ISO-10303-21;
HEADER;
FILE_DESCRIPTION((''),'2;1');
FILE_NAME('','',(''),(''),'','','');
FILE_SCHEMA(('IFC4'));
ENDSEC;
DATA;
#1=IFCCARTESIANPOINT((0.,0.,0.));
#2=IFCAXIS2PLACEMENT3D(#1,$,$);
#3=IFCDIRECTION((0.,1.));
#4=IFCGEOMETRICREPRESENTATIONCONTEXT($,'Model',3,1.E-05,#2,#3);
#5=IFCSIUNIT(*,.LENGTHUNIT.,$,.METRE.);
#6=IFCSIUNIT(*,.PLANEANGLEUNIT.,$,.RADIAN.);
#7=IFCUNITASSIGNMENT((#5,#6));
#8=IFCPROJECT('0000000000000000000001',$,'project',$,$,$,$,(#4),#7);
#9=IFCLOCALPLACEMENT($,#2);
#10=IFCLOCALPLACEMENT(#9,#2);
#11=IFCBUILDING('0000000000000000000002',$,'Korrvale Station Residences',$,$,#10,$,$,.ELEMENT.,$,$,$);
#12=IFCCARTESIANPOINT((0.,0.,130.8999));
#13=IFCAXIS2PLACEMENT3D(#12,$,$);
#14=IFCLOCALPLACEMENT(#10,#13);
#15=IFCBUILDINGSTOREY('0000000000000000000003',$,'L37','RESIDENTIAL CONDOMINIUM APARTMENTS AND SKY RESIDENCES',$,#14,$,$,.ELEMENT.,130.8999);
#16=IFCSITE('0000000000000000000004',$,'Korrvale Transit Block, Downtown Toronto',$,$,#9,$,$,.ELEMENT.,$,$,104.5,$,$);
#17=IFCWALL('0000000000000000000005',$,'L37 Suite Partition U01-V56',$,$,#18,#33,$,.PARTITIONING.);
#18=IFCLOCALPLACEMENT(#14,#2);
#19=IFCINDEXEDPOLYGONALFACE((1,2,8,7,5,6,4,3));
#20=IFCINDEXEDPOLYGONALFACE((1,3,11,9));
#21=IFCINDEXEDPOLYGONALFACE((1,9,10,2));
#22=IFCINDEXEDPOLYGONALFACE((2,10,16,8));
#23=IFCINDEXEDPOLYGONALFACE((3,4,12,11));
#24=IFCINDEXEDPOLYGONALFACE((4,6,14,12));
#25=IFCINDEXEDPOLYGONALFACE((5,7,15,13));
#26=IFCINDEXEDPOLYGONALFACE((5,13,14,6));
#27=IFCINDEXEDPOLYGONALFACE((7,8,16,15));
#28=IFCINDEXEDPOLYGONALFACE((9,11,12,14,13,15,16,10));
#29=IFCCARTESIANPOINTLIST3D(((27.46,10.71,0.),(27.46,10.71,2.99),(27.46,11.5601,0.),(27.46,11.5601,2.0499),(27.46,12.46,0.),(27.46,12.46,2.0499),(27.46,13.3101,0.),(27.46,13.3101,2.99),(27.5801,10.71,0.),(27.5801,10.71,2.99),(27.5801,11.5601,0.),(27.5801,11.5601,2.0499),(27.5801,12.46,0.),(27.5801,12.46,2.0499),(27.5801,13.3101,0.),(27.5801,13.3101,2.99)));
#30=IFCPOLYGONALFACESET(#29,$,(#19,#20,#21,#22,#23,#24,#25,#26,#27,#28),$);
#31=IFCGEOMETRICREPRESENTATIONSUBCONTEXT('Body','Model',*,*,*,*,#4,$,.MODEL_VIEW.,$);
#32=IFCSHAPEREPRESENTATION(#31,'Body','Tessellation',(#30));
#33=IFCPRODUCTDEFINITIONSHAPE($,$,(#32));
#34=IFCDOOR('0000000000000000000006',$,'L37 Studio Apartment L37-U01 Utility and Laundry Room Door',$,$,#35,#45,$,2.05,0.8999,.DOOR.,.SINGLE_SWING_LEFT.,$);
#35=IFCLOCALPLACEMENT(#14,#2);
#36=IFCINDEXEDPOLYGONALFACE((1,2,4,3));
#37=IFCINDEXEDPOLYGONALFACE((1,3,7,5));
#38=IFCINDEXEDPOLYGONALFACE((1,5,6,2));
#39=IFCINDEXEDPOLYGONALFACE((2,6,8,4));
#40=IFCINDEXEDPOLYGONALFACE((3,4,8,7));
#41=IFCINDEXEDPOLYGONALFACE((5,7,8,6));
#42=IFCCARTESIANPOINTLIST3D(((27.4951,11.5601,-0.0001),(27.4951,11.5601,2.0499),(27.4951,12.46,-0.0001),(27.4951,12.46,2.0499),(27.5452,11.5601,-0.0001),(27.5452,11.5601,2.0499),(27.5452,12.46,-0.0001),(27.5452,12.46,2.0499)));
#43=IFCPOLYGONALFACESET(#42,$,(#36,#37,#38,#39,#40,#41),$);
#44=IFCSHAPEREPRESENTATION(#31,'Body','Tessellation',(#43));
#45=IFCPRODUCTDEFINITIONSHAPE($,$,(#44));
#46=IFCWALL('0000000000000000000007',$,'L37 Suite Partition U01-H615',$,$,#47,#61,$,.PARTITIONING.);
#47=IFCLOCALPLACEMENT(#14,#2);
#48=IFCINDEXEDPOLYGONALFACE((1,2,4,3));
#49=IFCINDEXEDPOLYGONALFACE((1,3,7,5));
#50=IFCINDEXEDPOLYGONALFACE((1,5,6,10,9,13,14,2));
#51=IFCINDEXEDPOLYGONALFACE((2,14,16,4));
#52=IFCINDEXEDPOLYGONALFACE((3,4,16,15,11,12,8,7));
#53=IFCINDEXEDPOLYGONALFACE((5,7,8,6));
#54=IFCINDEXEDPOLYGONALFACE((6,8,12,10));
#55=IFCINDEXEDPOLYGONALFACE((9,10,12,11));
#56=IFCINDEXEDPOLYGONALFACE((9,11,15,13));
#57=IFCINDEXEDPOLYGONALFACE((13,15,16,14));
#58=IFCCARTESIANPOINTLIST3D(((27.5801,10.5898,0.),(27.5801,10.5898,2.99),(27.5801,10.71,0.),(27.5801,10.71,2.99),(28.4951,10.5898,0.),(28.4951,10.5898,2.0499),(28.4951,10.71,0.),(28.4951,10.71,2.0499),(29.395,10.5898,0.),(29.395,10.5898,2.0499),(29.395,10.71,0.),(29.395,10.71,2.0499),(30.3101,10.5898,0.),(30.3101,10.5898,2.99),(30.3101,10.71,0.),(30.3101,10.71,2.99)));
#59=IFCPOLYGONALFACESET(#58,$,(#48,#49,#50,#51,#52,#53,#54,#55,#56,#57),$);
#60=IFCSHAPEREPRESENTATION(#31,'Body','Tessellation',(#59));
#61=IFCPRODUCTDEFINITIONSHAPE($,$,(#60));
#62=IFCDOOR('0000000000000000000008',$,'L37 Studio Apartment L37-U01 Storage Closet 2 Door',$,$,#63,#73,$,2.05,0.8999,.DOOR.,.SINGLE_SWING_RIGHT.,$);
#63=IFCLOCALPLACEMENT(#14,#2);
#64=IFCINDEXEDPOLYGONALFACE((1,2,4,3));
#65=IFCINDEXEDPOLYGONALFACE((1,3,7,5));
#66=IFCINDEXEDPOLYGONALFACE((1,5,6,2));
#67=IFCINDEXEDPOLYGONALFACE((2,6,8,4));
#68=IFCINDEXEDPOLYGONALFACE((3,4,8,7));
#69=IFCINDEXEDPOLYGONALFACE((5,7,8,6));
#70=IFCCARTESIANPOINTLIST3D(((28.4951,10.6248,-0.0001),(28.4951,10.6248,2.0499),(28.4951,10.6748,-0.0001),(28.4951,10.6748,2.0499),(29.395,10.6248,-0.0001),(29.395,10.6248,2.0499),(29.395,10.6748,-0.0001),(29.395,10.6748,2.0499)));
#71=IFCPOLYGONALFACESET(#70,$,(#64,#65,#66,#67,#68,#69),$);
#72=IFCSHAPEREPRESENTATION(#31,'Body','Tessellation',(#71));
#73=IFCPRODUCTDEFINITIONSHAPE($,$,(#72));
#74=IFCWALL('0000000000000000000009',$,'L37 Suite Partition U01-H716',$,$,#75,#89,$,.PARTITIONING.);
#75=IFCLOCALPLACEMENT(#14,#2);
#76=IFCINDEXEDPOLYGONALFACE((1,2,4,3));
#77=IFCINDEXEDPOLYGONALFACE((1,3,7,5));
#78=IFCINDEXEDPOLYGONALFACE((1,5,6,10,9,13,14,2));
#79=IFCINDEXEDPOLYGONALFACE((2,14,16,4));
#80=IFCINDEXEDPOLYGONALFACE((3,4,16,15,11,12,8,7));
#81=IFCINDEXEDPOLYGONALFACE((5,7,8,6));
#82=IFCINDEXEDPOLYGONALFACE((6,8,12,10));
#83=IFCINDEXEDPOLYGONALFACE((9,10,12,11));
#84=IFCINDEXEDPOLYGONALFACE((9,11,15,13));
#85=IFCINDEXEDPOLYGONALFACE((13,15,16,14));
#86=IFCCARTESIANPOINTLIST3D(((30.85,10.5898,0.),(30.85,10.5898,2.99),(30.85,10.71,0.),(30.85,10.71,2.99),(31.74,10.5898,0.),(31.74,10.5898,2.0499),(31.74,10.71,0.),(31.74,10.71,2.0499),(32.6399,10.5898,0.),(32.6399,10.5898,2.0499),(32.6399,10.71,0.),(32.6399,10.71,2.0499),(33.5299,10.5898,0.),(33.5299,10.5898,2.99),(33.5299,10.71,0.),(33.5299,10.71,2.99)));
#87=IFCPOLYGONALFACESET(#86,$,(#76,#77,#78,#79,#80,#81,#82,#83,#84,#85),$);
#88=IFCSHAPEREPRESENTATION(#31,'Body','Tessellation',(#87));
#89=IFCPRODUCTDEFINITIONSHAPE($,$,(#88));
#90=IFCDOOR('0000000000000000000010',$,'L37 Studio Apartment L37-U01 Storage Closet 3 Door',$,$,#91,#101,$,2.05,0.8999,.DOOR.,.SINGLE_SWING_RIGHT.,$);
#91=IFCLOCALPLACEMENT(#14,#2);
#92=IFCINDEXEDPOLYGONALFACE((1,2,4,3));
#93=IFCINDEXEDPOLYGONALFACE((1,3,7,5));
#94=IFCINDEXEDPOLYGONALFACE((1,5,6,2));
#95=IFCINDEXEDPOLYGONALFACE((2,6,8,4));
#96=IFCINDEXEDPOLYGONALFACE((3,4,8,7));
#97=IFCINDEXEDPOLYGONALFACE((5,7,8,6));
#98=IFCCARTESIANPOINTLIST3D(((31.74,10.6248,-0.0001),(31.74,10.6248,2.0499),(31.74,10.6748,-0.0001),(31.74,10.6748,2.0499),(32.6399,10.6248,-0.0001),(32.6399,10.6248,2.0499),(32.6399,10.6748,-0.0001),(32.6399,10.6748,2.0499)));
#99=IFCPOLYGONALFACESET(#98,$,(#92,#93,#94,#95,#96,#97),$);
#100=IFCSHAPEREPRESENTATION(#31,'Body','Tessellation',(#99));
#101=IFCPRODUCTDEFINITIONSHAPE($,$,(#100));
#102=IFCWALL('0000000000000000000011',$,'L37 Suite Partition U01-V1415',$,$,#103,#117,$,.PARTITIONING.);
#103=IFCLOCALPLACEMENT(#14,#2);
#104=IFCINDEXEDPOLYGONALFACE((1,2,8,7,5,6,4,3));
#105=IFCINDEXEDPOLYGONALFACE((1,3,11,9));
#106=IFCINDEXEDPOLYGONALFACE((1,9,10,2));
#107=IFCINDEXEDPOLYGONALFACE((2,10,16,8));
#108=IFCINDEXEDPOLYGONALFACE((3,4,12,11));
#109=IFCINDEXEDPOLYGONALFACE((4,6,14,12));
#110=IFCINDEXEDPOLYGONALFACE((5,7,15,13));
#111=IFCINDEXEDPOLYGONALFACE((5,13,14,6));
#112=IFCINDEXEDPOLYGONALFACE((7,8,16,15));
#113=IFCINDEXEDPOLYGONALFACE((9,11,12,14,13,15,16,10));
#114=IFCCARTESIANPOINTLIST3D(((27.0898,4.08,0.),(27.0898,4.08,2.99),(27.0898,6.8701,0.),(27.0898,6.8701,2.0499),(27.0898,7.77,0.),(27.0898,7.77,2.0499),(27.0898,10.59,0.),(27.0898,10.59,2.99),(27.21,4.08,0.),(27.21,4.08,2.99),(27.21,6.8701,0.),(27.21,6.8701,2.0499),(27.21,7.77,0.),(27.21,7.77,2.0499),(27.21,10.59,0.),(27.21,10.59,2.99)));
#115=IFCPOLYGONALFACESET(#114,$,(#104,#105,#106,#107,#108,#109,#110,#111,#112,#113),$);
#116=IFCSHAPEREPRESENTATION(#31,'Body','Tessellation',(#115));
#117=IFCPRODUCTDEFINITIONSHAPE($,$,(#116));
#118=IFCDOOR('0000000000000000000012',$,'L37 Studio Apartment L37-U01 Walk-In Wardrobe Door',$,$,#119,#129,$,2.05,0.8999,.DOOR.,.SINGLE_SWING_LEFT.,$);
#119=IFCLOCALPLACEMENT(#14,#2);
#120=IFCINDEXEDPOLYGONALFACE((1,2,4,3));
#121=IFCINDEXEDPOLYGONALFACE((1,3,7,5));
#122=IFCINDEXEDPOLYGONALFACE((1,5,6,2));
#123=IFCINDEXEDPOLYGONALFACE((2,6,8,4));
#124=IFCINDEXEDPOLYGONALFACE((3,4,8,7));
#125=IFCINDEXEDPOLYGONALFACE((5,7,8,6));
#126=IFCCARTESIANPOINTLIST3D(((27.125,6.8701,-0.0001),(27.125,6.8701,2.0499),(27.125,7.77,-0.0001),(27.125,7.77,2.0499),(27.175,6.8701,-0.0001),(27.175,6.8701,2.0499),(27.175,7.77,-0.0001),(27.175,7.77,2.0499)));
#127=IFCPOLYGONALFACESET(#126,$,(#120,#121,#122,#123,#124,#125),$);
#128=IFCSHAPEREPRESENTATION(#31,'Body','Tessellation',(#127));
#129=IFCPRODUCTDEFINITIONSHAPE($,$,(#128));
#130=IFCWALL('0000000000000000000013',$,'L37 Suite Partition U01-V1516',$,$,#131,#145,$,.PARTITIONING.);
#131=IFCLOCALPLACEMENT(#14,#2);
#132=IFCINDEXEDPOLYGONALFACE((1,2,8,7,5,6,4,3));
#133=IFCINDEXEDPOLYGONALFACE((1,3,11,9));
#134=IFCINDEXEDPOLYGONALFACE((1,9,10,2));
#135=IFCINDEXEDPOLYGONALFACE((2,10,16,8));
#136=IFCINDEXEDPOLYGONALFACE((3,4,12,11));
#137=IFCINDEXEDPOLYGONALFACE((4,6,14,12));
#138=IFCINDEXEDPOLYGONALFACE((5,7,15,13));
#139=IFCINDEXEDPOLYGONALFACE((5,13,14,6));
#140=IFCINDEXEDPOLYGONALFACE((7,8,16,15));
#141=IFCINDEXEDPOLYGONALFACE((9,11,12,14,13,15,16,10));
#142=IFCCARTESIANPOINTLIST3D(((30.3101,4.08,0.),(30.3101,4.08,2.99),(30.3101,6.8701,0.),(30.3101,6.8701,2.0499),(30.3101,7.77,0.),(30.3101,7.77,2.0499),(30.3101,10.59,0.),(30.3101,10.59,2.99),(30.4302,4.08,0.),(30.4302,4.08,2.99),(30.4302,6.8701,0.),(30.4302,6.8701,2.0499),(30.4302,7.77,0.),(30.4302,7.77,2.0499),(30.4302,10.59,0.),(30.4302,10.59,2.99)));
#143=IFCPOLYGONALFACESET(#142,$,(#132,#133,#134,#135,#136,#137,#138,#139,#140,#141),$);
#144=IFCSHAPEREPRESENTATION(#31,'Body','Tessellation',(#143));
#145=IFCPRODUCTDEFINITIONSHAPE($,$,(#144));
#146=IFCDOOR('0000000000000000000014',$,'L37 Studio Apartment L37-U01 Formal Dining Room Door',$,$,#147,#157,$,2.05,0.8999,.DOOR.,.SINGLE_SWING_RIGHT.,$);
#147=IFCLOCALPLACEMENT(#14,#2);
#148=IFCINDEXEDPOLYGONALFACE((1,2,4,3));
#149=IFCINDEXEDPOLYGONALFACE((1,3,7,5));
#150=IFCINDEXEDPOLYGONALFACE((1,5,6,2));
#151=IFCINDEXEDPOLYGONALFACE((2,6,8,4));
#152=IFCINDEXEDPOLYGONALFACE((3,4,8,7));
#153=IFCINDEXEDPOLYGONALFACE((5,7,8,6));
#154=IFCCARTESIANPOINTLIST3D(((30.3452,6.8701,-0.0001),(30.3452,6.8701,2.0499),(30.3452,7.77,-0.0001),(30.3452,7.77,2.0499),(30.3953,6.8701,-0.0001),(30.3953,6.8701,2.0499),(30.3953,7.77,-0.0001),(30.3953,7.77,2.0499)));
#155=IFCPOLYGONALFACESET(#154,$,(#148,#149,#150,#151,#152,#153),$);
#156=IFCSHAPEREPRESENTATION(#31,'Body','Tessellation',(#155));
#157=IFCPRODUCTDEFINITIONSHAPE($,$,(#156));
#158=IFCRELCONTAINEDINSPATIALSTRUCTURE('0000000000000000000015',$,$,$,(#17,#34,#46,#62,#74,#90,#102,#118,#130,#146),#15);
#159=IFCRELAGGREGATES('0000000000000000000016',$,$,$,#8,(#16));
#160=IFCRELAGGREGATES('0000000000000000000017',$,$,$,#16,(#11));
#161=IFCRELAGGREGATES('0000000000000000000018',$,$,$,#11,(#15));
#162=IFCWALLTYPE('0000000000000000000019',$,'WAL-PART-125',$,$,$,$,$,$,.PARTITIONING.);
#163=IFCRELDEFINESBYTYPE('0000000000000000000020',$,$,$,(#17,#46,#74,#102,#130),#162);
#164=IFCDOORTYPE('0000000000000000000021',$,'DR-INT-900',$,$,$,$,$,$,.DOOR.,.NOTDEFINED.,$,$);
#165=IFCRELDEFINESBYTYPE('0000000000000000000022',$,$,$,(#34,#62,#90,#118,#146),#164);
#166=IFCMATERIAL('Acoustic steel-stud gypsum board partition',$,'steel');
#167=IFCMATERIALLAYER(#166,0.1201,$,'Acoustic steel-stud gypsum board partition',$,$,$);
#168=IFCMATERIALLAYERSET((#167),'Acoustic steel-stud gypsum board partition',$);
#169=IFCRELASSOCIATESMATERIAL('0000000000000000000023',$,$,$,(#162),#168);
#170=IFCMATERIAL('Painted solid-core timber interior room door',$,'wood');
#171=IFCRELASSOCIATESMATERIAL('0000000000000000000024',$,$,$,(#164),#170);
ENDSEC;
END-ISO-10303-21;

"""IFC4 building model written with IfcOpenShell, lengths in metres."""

from ifc_helpers import new_model, si_unit, direction, frame, frame_2d, origin, place, context, subcontext, project, spatial, rectangle, extrude, material, layer, layer_set, type_object, element, fill, save


model = new_model("IFC4")

# Units and contexts
model_context = context("Model", 3, precision=1e-05, world=origin(), true_north=direction((0.0, 1.0)))
body_context = subcontext(model_context, "Body", "Model", "MODEL_VIEW")
ifc_project = project(units=[si_unit("LENGTHUNIT", "METRE"), si_unit("PLANEANGLEUNIT", "RADIAN")], contexts=[model_context])

# Site, building, storey
site_placement = place(None, origin())
site = spatial("IfcSite", under=ifc_project, at=site_placement, Name="Korrvale Transit Block, Downtown Toronto", CompositionType="ELEMENT", RefElevation=104.5)
building_placement = place(site_placement, origin())
building = spatial("IfcBuilding", under=site, at=building_placement, Name="Korrvale Station Residences", CompositionType="ELEMENT")
storey_placement = place(building_placement, frame((0.0, 0.0, 130.8999)))
storey = spatial("IfcBuildingStorey", under=building, at=storey_placement, Name="L37", Description="RESIDENTIAL CONDOMINIUM APARTMENTS AND SKY RESIDENCES", CompositionType="ELEMENT", Elevation=130.8999)

# Walls, openings, doors
ifc_material_1 = material(Name="Acoustic steel-stud gypsum board partition", Category="steel")
ifc_layer_1 = layer(ifc_material_1, 0.1201, Name="Acoustic steel-stud gypsum board partition")
ifc_layer_set_1 = layer_set([ifc_layer_1], Name="Acoustic steel-stud gypsum board partition")
wall_type_1 = type_object("IfcWallType", Name="WAL-PART-125", PredefinedType="PARTITIONING", material=ifc_layer_set_1)
wall_1_placement = place(storey_placement, frame((27.52, 10.71, 0.0), z_axis=(0.0, 0.0, 1.0), x_axis=(0.0, 1.0, 0.0)))
wall_1 = element("IfcWall", 1, at=wall_1_placement, inside=storey, type_object=wall_type_1, Name="L37 Suite Partition U01-V56", PredefinedType="PARTITIONING", context=body_context, shape_type="SweptSolid", body=[
    extrude(rectangle(XDim=2.6001, YDim=0.1201, at=frame_2d((1.3, 0.0))), origin(), (0.0, 0.0, 1.0), 2.99),
])
opening_1_placement = place(wall_1_placement, frame((0.8501, 0.0, 0.0)))
opening_1 = element("IfcOpeningElement", 2, at=opening_1_placement, cuts=wall_1, PredefinedType="OPENING", context=body_context, shape_type="SweptSolid", body=[
    extrude(rectangle(XDim=0.8999, YDim=2.05, at=frame_2d((0.45, 1.0249))), frame((0.0, 0.0701, 0.0), z_axis=(0.0, -1.0, 0.0), x_axis=(1.0, 0.0, 0.0)), (0.0, 0.0, 1.0), 0.1401),
])
ifc_material_2 = material(Name="Painted solid-core timber interior room door", Category="wood")
door_type = type_object("IfcDoorType", Name="DR-INT-900", OperationType="NOTDEFINED", PredefinedType="DOOR", material=ifc_material_2)
door_1_placement = place(opening_1_placement, origin())
door_1 = element("IfcDoor", 3, at=door_1_placement, inside=storey, type_object=door_type, Name="L37 Studio Apartment L37-U01 Utility and Laundry Room Door", OperationType="SINGLE_SWING_LEFT", OverallHeight=2.05, OverallWidth=0.8999, PredefinedType="DOOR", context=body_context, shape_type="SweptSolid", body=[
    extrude(rectangle(XDim=0.8999, YDim=2.05, at=frame_2d((0.45, 1.0249))), frame((0.0, 0.0249, 0.0), z_axis=(0.0, -1.0, 0.0), x_axis=(1.0, 0.0, 0.0)), (0.0, 0.0, 1.0), 0.05),
])
fill(opening_1, door_1)
wall_2_placement = place(storey_placement, frame((27.5801, 10.6499, 0.0), z_axis=(0.0, 0.0, 1.0), x_axis=(1.0, 0.0, 0.0)))
wall_2 = element("IfcWall", 4, at=wall_2_placement, inside=storey, type_object=wall_type_1, Name="L37 Suite Partition U01-H615", PredefinedType="PARTITIONING", context=body_context, shape_type="SweptSolid", body=[
    extrude(rectangle(XDim=2.73, YDim=0.1201, at=frame_2d((1.365, 0.0))), origin(), (0.0, 0.0, 1.0), 2.99),
])
opening_2_placement = place(wall_2_placement, frame((0.915, 0.0, 0.0)))
opening_2 = element("IfcOpeningElement", 5, at=opening_2_placement, cuts=wall_2, PredefinedType="OPENING", context=body_context, shape_type="SweptSolid", body=[
    extrude(rectangle(XDim=0.8999, YDim=2.05, at=frame_2d((0.45, 1.0249))), frame((0.0, 0.0701, 0.0), z_axis=(0.0, -1.0, 0.0), x_axis=(1.0, 0.0, 0.0)), (0.0, 0.0, 1.0), 0.1401),
])
door_2_placement = place(opening_2_placement, origin())
door_2 = element("IfcDoor", 6, at=door_2_placement, inside=storey, type_object=door_type, Name="L37 Studio Apartment L37-U01 Storage Closet 2 Door", OperationType="SINGLE_SWING_RIGHT", OverallHeight=2.05, OverallWidth=0.8999, PredefinedType="DOOR", context=body_context, shape_type="SweptSolid", body=[
    extrude(rectangle(XDim=0.8999, YDim=2.05, at=frame_2d((0.45, 1.0249))), frame((0.0, 0.0249, 0.0), z_axis=(0.0, -1.0, 0.0), x_axis=(1.0, 0.0, 0.0)), (0.0, 0.0, 1.0), 0.05),
])
fill(opening_2, door_2)
wall_3_placement = place(storey_placement, frame((30.8501, 10.6499, 0.0), z_axis=(0.0, 0.0, 1.0), x_axis=(1.0, 0.0, 0.0)))
wall_3 = element("IfcWall", 7, at=wall_3_placement, inside=storey, type_object=wall_type_1, Name="L37 Suite Partition U01-H716", PredefinedType="PARTITIONING", context=body_context, shape_type="SweptSolid", body=[
    extrude(rectangle(XDim=2.6799, YDim=0.1201, at=frame_2d((1.3398, 0.0))), origin(), (0.0, 0.0, 1.0), 2.99),
])
opening_3_placement = place(wall_3_placement, frame((0.8899, 0.0, 0.0)))
opening_3 = element("IfcOpeningElement", 8, at=opening_3_placement, cuts=wall_3, PredefinedType="OPENING", context=body_context, shape_type="SweptSolid", body=[
    extrude(rectangle(XDim=0.8999, YDim=2.05, at=frame_2d((0.45, 1.0249))), frame((0.0, 0.0701, 0.0), z_axis=(0.0, -1.0, 0.0), x_axis=(1.0, 0.0, 0.0)), (0.0, 0.0, 1.0), 0.1401),
])
door_3_placement = place(opening_3_placement, origin())
door_3 = element("IfcDoor", 9, at=door_3_placement, inside=storey, type_object=door_type, Name="L37 Studio Apartment L37-U01 Storage Closet 3 Door", OperationType="SINGLE_SWING_RIGHT", OverallHeight=2.05, OverallWidth=0.8999, PredefinedType="DOOR", context=body_context, shape_type="SweptSolid", body=[
    extrude(rectangle(XDim=0.8999, YDim=2.05, at=frame_2d((0.45, 1.0249))), frame((0.0, 0.0249, 0.0), z_axis=(0.0, -1.0, 0.0), x_axis=(1.0, 0.0, 0.0)), (0.0, 0.0, 1.0), 0.05),
])
fill(opening_3, door_3)
wall_4_placement = place(storey_placement, frame((27.1499, 4.0801, 0.0), z_axis=(0.0, 0.0, 1.0), x_axis=(0.0, 1.0, 0.0)))
wall_4 = element("IfcWall", 10, at=wall_4_placement, inside=storey, type_object=wall_type_1, Name="L37 Suite Partition U01-V1415", PredefinedType="PARTITIONING", context=body_context, shape_type="SweptSolid", body=[
    extrude(rectangle(XDim=6.51, YDim=0.1201, at=frame_2d((3.2549, 0.0))), origin(), (0.0, 0.0, 1.0), 2.99),
])
opening_4_placement = place(wall_4_placement, frame((2.79, 0.0, 0.0)))
opening_4 = element("IfcOpeningElement", 11, at=opening_4_placement, cuts=wall_4, PredefinedType="OPENING", context=body_context, shape_type="SweptSolid", body=[
    extrude(rectangle(XDim=0.8999, YDim=2.05, at=frame_2d((0.45, 1.0249))), frame((0.0, 0.0701, 0.0), z_axis=(0.0, -1.0, 0.0), x_axis=(1.0, 0.0, 0.0)), (0.0, 0.0, 1.0), 0.1401),
])
door_4_placement = place(opening_4_placement, origin())
door_4 = element("IfcDoor", 12, at=door_4_placement, inside=storey, type_object=door_type, Name="L37 Studio Apartment L37-U01 Walk-In Wardrobe Door", OperationType="SINGLE_SWING_LEFT", OverallHeight=2.05, OverallWidth=0.8999, PredefinedType="DOOR", context=body_context, shape_type="SweptSolid", body=[
    extrude(rectangle(XDim=0.8999, YDim=2.05, at=frame_2d((0.45, 1.0249))), frame((0.0, 0.0249, 0.0), z_axis=(0.0, -1.0, 0.0), x_axis=(1.0, 0.0, 0.0)), (0.0, 0.0, 1.0), 0.05),
])
fill(opening_4, door_4)
wall_5_placement = place(storey_placement, frame((30.3701, 4.0801, 0.0), z_axis=(0.0, 0.0, 1.0), x_axis=(0.0, 1.0, 0.0)))
wall_5 = element("IfcWall", 13, at=wall_5_placement, inside=storey, type_object=wall_type_1, Name="L37 Suite Partition U01-V1516", PredefinedType="PARTITIONING", context=body_context, shape_type="SweptSolid", body=[
    extrude(rectangle(XDim=6.51, YDim=0.1201, at=frame_2d((3.2549, 0.0))), origin(), (0.0, 0.0, 1.0), 2.99),
])
opening_5_placement = place(wall_5_placement, frame((2.79, 0.0, 0.0)))
opening_5 = element("IfcOpeningElement", 14, at=opening_5_placement, cuts=wall_5, PredefinedType="OPENING", context=body_context, shape_type="SweptSolid", body=[
    extrude(rectangle(XDim=0.8999, YDim=2.05, at=frame_2d((0.45, 1.0249))), frame((0.0, 0.0701, 0.0), z_axis=(0.0, -1.0, 0.0), x_axis=(1.0, 0.0, 0.0)), (0.0, 0.0, 1.0), 0.1401),
])
door_5_placement = place(opening_5_placement, origin())
door_5 = element("IfcDoor", 15, at=door_5_placement, inside=storey, type_object=door_type, Name="L37 Studio Apartment L37-U01 Formal Dining Room Door", OperationType="SINGLE_SWING_RIGHT", OverallHeight=2.05, OverallWidth=0.8999, PredefinedType="DOOR", context=body_context, shape_type="SweptSolid", body=[
    extrude(rectangle(XDim=0.8999, YDim=2.05, at=frame_2d((0.45, 1.0249))), frame((0.0, 0.0249, 0.0), z_axis=(0.0, -1.0, 0.0), x_axis=(1.0, 0.0, 0.0)), (0.0, 0.0, 1.0), 0.05),
])
fill(opening_5, door_5)

save(model, "model.ifc")
